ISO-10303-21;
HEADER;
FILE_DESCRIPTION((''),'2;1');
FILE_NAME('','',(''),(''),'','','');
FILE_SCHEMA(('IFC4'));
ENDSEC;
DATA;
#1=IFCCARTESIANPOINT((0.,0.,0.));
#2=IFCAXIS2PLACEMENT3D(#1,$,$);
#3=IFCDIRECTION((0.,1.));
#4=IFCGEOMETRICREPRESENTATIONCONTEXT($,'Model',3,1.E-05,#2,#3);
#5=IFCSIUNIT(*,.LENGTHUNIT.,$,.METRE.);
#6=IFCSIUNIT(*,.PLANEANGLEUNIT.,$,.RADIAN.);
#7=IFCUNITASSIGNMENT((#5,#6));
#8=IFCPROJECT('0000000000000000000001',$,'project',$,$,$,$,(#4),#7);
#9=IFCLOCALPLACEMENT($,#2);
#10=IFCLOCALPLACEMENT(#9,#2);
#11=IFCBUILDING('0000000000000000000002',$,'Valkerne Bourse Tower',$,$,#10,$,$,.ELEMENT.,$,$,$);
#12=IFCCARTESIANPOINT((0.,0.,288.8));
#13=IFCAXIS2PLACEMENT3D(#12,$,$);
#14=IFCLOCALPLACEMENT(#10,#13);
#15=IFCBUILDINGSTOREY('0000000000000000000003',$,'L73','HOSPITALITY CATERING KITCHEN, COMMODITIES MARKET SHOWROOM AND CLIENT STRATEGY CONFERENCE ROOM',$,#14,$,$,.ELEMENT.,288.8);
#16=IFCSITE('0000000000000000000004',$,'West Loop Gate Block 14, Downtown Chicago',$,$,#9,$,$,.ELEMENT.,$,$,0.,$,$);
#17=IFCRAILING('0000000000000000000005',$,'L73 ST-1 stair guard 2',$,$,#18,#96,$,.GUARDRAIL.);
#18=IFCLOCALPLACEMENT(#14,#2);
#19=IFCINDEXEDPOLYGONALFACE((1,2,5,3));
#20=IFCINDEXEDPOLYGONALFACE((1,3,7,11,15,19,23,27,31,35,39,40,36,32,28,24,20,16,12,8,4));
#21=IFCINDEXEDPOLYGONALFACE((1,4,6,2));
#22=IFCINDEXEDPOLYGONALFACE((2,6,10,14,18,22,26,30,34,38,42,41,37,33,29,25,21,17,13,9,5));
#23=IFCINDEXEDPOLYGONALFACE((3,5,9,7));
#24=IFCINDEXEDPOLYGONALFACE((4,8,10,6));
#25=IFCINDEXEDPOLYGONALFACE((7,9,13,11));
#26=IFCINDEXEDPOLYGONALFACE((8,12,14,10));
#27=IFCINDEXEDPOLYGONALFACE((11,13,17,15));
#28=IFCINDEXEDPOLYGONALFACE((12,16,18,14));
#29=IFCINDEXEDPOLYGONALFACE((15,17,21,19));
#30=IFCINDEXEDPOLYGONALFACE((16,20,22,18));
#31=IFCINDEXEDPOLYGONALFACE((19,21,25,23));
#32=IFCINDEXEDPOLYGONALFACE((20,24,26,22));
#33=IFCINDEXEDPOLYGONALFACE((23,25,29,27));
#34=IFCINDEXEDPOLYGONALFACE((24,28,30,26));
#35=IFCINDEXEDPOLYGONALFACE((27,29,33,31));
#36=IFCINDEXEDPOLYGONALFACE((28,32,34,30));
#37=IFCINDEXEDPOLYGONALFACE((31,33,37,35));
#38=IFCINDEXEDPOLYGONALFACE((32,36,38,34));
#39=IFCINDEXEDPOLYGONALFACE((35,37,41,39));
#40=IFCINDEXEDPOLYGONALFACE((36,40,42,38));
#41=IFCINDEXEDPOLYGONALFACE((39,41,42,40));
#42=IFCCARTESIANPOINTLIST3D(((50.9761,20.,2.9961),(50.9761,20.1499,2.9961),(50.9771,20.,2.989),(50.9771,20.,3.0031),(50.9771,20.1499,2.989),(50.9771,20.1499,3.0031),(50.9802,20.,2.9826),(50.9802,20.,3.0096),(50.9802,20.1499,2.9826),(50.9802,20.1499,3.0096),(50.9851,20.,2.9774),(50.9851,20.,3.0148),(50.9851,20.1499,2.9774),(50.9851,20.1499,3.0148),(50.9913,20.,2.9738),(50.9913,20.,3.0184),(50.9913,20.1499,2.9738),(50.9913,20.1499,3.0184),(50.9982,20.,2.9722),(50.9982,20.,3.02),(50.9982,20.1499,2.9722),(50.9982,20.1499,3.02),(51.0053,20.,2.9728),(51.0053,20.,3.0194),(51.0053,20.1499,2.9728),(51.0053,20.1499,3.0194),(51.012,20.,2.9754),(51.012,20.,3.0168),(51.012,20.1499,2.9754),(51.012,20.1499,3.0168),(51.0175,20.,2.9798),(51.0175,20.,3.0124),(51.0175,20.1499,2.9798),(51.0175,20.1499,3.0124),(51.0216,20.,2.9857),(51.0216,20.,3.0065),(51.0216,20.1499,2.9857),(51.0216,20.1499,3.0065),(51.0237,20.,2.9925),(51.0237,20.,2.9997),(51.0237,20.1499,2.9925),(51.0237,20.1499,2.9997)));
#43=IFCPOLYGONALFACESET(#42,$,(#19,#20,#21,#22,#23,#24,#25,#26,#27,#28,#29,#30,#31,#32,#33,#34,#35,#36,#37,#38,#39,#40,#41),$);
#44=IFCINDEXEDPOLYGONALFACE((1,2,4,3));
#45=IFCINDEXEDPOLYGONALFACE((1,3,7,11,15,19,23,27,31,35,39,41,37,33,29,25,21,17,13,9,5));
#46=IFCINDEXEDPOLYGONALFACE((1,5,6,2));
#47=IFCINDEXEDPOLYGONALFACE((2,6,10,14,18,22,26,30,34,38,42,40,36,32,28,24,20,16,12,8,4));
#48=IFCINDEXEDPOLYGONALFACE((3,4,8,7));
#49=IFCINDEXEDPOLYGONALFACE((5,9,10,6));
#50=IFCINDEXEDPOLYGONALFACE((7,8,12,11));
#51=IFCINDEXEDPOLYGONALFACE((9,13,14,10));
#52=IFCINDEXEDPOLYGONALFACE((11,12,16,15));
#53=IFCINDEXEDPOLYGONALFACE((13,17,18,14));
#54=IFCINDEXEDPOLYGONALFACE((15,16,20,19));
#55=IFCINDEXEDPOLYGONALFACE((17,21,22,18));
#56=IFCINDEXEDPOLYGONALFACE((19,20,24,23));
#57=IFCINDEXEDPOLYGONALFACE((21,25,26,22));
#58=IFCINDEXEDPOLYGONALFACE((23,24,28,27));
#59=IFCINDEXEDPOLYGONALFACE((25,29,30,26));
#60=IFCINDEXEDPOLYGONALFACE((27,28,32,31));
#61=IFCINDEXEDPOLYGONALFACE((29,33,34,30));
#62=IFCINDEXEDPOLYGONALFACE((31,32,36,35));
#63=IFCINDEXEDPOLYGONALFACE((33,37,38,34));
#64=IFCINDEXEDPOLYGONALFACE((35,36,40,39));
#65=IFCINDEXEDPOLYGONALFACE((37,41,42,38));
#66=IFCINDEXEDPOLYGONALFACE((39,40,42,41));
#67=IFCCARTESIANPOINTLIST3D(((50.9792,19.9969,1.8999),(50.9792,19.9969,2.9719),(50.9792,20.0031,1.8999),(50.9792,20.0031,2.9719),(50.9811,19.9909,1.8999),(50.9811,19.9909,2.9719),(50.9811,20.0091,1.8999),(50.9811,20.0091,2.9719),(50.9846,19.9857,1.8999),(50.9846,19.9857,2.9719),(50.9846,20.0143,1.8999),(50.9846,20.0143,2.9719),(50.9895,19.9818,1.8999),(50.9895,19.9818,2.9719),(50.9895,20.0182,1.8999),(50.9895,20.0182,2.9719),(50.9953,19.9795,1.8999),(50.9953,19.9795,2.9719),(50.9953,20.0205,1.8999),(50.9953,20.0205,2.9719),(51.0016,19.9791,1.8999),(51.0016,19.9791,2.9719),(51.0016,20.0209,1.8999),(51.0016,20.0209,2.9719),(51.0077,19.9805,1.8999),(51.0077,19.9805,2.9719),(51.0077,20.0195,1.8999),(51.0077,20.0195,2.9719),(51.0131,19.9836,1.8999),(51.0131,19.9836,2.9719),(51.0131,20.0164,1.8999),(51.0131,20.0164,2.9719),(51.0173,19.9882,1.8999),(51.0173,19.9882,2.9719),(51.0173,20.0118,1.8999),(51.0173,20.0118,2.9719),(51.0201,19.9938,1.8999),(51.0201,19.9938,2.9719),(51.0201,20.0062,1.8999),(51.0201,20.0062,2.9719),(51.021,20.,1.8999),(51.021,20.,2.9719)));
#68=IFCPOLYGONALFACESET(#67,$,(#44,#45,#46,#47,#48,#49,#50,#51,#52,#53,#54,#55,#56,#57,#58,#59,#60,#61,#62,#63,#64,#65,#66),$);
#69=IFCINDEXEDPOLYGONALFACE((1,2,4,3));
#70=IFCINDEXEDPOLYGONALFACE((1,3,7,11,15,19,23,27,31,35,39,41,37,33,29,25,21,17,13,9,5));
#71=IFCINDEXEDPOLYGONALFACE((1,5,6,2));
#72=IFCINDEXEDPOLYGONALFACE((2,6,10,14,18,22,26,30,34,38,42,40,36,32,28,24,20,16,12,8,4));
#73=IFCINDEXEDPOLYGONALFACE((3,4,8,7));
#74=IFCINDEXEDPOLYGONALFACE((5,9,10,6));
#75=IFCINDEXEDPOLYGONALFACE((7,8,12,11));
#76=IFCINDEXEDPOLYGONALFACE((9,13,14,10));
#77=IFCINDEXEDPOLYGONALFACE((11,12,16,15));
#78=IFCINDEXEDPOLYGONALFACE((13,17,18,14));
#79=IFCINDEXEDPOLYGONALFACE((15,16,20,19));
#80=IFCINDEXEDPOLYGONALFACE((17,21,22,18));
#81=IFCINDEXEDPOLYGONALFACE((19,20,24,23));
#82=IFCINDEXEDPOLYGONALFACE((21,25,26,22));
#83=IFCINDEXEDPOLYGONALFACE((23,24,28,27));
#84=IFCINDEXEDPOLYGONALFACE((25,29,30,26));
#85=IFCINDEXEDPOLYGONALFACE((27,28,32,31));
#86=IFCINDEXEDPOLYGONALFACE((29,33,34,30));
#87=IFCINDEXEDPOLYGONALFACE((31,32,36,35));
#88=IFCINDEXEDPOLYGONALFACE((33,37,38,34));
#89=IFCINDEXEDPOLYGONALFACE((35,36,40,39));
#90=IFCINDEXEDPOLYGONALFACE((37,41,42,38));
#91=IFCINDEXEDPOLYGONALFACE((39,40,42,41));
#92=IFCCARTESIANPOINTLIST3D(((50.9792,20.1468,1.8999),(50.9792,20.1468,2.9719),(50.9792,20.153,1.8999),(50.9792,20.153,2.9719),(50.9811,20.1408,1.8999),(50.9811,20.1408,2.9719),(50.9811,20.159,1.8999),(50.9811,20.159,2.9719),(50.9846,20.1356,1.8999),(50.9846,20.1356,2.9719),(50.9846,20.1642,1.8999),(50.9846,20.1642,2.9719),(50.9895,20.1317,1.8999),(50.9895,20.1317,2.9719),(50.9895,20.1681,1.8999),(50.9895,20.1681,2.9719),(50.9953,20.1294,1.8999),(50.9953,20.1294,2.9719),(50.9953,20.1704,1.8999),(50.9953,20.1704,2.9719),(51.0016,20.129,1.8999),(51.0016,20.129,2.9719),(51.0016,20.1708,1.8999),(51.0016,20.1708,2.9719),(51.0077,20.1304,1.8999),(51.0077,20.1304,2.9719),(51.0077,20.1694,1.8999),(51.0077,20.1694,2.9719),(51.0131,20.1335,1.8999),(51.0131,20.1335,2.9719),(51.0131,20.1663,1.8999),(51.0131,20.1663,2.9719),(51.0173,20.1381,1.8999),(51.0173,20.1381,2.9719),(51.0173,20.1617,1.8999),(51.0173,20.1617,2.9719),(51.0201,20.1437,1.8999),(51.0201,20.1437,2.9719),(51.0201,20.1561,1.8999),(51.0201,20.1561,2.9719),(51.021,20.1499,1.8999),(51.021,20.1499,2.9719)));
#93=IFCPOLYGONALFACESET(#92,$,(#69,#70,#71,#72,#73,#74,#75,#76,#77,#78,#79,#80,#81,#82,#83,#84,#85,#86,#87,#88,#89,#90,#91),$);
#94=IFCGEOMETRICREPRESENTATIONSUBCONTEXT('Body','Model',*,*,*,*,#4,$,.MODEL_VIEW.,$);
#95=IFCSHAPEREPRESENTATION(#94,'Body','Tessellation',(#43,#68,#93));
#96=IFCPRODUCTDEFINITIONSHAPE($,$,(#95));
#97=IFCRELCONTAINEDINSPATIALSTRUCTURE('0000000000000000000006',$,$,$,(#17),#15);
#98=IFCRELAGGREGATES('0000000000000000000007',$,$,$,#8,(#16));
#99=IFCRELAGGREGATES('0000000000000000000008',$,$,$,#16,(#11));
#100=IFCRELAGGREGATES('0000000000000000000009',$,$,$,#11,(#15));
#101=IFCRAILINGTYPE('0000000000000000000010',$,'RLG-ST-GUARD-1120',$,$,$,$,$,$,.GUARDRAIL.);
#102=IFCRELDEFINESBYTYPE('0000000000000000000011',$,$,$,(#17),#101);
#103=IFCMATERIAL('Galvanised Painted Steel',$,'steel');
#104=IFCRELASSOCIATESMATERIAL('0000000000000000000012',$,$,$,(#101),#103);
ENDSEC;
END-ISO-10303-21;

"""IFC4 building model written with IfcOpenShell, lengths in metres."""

from ifc_helpers import new_model, si_unit, direction, frame, origin, origin_2d, place, context, subcontext, project, spatial, circle, extrude, material, type_object, element, save


model = new_model("IFC4")

# Units and contexts
model_context = context("Model", 3, precision=1e-05, world=origin(), true_north=direction((0.0, 1.0)))
body_context = subcontext(model_context, "Body", "Model", "MODEL_VIEW")
ifc_project = project(units=[si_unit("LENGTHUNIT", "METRE"), si_unit("PLANEANGLEUNIT", "RADIAN")], contexts=[model_context])

# Site, building, storey
site_placement = place(None, origin())
site = spatial("IfcSite", under=ifc_project, at=site_placement, Name="West Loop Gate Block 14, Downtown Chicago", CompositionType="ELEMENT", RefElevation=0.0)
building_placement = place(site_placement, origin())
building = spatial("IfcBuilding", under=site, at=building_placement, Name="Valkerne Bourse Tower", CompositionType="ELEMENT")
storey_placement = place(building_placement, frame((0.0, 0.0, 288.8)))
storey = spatial("IfcBuildingStorey", under=building, at=storey_placement, Name="L73", Description="HOSPITALITY CATERING KITCHEN, COMMODITIES MARKET SHOWROOM AND CLIENT STRATEGY CONFERENCE ROOM", CompositionType="ELEMENT", Elevation=288.8)

# Shared definitions
ifc_material_1 = material(Name="Galvanised Painted Steel", Category="steel")

# Railing
railing_type_1 = type_object("IfcRailingType", Name="RLG-ST-GUARD-1120", PredefinedType="GUARDRAIL", material=ifc_material_1)
railing_1_placement = place(storey_placement, frame((51.0, 20.0, 1.8999)))
element("IfcRailing", 1, at=railing_1_placement, inside=storey, type_object=railing_type_1, Name="L73 ST-1 stair guard 2", PredefinedType="GUARDRAIL", context=body_context, shape_type="SweptSolid", body=[
    extrude(circle(Radius=0.0239, at=origin_2d()), frame((0.0, 0.0, 1.0962), z_axis=(0.0, 1.0, 0.0), x_axis=(-1.0, 0.0, 0.0)), (0.0, 0.0, 1.0), 0.1499),
    extrude(circle(Radius=0.021, at=origin_2d()), origin(), (0.0, 0.0, 1.0), 1.072),
    extrude(circle(Radius=0.021, at=origin_2d()), frame((0.0, 0.1499, 0.0)), (0.0, 0.0, 1.0), 1.072),
])

save(model, "model.ifc")
